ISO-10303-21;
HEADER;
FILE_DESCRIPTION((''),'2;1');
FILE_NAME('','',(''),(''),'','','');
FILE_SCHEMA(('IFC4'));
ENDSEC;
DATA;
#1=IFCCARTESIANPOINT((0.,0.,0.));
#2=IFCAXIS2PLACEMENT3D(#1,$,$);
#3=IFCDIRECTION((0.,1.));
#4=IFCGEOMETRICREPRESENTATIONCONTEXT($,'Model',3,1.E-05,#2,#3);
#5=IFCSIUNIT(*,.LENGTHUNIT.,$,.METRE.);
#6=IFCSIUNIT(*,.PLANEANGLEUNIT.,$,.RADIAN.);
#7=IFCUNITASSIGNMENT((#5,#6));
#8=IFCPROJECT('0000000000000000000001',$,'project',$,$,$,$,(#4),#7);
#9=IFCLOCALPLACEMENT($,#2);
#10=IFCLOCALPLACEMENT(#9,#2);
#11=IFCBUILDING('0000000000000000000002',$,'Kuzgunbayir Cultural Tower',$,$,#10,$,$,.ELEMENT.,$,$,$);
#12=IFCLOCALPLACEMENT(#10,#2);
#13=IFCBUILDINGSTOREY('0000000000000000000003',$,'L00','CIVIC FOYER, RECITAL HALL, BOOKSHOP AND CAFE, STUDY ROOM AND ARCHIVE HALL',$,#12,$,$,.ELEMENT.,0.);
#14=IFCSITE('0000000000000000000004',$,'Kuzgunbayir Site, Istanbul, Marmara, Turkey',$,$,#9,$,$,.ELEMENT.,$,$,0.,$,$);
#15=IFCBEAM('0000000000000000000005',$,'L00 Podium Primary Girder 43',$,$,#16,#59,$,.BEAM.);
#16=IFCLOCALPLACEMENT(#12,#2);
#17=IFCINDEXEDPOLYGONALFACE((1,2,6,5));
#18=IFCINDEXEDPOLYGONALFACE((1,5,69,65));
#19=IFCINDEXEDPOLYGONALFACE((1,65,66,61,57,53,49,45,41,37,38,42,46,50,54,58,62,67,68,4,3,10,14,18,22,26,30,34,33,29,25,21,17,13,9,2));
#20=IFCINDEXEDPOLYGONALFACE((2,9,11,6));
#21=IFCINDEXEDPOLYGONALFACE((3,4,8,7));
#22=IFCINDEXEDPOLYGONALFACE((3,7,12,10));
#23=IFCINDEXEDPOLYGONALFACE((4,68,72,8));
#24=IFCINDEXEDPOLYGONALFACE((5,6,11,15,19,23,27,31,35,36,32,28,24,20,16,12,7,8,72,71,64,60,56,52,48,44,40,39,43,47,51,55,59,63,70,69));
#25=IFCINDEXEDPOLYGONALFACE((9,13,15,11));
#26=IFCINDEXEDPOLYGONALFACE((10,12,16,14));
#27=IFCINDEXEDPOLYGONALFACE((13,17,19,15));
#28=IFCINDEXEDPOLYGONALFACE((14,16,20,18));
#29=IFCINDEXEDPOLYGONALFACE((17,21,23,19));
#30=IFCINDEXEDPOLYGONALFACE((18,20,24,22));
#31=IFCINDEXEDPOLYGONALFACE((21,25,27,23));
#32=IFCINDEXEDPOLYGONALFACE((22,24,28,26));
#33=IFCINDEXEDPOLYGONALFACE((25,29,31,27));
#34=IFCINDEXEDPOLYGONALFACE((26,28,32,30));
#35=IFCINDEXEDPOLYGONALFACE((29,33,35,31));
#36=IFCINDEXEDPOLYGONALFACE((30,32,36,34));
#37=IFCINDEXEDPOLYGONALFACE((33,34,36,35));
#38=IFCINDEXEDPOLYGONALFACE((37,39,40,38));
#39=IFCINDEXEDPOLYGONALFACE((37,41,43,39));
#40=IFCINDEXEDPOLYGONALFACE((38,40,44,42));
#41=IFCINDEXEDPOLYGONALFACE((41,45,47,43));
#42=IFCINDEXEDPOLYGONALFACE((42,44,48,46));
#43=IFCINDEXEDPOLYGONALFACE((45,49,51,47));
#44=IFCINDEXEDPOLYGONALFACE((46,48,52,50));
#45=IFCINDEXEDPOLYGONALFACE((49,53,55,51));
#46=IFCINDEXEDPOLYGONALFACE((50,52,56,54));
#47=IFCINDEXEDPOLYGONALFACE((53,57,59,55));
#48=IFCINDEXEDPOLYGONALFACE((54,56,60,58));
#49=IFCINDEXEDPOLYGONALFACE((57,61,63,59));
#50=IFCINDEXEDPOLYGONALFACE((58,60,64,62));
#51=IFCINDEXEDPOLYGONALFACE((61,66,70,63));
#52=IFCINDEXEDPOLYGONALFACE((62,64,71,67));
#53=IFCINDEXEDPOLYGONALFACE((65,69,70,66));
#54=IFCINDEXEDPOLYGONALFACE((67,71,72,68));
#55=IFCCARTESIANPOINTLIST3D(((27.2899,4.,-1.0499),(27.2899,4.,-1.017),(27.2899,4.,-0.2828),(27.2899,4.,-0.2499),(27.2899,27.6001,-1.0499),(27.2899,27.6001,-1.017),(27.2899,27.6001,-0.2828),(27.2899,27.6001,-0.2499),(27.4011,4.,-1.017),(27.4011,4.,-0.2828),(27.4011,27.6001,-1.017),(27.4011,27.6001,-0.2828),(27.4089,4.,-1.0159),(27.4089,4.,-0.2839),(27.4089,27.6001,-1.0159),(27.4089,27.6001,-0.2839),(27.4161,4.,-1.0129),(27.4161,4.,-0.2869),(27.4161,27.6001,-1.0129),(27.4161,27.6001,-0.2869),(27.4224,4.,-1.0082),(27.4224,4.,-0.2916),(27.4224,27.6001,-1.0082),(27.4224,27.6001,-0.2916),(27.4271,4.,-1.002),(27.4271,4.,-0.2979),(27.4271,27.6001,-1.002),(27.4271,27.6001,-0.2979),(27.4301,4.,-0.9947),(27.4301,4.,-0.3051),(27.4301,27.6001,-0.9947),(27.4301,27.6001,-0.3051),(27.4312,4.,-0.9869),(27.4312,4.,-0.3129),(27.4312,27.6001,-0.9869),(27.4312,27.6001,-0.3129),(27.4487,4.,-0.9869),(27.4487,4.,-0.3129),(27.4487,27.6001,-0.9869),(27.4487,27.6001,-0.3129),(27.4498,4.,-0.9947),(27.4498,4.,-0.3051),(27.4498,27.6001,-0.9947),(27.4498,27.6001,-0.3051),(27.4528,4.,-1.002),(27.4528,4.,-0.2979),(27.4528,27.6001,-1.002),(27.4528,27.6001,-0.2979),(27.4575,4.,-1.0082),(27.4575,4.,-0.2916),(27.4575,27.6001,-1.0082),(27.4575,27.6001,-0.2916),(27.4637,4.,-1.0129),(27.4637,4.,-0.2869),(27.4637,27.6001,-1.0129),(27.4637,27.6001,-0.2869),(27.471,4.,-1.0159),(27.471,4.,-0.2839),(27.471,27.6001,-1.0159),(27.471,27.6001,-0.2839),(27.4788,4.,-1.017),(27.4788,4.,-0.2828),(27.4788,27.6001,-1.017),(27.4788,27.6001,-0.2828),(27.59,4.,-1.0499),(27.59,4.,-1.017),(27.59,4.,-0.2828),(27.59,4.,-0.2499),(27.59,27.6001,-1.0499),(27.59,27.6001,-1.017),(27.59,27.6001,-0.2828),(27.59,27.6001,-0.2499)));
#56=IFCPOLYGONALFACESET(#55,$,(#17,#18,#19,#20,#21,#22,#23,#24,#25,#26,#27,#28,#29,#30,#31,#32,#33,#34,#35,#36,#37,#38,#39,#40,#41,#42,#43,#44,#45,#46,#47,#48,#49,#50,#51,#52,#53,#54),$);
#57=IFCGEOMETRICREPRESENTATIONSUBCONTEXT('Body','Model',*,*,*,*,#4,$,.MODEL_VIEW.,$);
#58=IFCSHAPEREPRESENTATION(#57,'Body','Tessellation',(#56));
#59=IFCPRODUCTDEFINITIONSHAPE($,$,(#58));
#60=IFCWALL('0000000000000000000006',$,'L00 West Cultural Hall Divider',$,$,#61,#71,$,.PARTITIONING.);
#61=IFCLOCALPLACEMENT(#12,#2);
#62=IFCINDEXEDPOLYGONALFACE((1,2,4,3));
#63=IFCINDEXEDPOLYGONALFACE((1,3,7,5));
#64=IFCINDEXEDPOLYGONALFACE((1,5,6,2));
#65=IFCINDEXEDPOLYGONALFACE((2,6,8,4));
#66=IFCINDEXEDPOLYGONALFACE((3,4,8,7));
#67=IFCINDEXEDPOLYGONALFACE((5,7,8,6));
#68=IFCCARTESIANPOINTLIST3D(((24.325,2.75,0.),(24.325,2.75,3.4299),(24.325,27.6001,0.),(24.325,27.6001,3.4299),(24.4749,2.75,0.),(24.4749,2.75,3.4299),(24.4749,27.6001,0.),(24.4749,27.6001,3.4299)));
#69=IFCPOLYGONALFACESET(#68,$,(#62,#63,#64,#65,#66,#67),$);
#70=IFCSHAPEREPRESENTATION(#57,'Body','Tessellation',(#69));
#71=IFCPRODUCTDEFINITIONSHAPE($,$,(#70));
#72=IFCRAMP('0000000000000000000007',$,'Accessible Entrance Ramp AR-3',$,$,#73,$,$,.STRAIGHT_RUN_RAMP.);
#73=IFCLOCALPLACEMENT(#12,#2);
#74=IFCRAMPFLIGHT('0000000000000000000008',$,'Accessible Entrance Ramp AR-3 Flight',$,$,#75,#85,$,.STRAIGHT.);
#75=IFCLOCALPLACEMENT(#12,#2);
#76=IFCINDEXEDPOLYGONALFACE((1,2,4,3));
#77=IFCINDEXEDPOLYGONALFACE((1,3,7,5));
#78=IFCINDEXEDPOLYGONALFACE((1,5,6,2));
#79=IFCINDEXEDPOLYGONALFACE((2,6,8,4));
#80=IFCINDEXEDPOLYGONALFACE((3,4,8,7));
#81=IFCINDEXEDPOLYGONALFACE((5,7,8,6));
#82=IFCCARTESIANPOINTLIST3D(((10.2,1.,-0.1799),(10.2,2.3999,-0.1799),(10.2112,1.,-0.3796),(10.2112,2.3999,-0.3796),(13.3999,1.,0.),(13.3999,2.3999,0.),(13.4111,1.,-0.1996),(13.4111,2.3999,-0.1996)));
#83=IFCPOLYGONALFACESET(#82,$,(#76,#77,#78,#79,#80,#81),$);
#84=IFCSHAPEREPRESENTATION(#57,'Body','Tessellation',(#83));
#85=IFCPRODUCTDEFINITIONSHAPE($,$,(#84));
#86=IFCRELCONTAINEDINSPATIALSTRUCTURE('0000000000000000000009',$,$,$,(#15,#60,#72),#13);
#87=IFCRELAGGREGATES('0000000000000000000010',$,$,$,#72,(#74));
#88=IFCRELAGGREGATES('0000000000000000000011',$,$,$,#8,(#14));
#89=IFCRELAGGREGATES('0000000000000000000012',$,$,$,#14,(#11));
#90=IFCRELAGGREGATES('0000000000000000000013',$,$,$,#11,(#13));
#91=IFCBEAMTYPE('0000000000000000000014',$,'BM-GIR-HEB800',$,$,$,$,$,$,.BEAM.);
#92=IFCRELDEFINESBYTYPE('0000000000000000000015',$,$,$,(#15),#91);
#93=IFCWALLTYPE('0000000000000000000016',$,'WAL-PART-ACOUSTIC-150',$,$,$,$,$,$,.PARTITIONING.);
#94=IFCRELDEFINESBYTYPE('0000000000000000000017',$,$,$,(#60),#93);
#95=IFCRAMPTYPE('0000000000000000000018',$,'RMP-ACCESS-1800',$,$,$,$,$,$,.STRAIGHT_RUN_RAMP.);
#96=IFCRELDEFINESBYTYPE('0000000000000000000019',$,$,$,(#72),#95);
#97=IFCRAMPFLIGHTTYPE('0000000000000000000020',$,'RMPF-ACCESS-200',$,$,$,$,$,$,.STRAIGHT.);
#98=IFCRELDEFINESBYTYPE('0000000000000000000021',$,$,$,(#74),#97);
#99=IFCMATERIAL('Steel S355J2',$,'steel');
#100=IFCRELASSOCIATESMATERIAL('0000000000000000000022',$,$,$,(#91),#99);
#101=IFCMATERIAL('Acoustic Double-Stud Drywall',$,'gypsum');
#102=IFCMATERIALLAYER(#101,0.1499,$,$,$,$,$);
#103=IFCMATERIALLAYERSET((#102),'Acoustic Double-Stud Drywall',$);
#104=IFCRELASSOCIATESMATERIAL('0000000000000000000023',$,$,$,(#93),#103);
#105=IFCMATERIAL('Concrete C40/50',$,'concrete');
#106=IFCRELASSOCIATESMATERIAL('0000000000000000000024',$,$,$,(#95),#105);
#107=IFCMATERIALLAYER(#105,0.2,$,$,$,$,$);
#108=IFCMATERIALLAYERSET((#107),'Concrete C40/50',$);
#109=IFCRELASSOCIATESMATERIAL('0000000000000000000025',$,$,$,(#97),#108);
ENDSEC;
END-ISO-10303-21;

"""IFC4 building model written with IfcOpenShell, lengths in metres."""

from ifc_helpers import new_model, si_unit, direction, frame, frame_2d, origin, origin_2d, place, context, subcontext, project, spatial, polyline, rectangle, i_section, outline, extrude, material, layer, layer_set, material_profile, profile_set, type_object, element, aggregate, save


model = new_model("IFC4")

# Units and contexts
model_context = context("Model", 3, precision=1e-05, world=origin(), true_north=direction((0.0, 1.0)))
body_context = subcontext(model_context, "Body", "Model", "MODEL_VIEW")
ifc_project = project(units=[si_unit("LENGTHUNIT", "METRE"), si_unit("PLANEANGLEUNIT", "RADIAN")], contexts=[model_context])

# Site, building, storey
site_placement = place(None, origin())
site = spatial("IfcSite", under=ifc_project, at=site_placement, Name="Kuzgunbayir Site, Istanbul, Marmara, Turkey", CompositionType="ELEMENT", RefElevation=0.0)
building_placement = place(site_placement, origin())
building = spatial("IfcBuilding", under=site, at=building_placement, Name="Kuzgunbayir Cultural Tower", CompositionType="ELEMENT")
storey_placement = place(building_placement, origin())
storey = spatial("IfcBuildingStorey", under=building, at=storey_placement, Name="L00", Description="CIVIC FOYER, RECITAL HALL, BOOKSHOP AND CAFE, STUDY ROOM AND ARCHIVE HALL", CompositionType="ELEMENT", Elevation=0.0)

# Beam
ifc_material_1 = material(Name="Steel S355J2", Category="steel")
ifc_material_profile_1 = material_profile(ifc_material_1, i_section(OverallWidth=0.3, OverallDepth=0.8, WebThickness=0.0176, FlangeThickness=0.033, FilletRadius=0.03, at=origin_2d()), Name="HEB 800")
ifc_profile_set_1 = profile_set([ifc_material_profile_1], Name="Steel S355J2")
beam_type = type_object("IfcBeamType", Name="BM-GIR-HEB800", PredefinedType="BEAM", material=ifc_profile_set_1)
beam_1_placement = place(storey_placement, frame((27.4399, 4.0, -0.6499), z_axis=(0.0, 1.0, 0.0), x_axis=(-1.0, 0.0, 0.0)))
element("IfcBeam", 1, at=beam_1_placement, inside=storey, type_object=beam_type, Name="L00 Podium Primary Girder 43", PredefinedType="BEAM", context=body_context, shape_type="SweptSolid", body=[
    extrude(i_section(OverallWidth=0.3, OverallDepth=0.8, WebThickness=0.0176, FlangeThickness=0.033, FilletRadius=0.03, at=origin_2d()), origin(), (0.0, 0.0, 1.0), 23.6001),
])

# Wall
ifc_material_2 = material(Name="Acoustic Double-Stud Drywall", Category="gypsum")
ifc_layer_1 = layer(ifc_material_2, 0.1499)
ifc_layer_set_1 = layer_set([ifc_layer_1], Name="Acoustic Double-Stud Drywall")
wall_type = type_object("IfcWallType", Name="WAL-PART-ACOUSTIC-150", PredefinedType="PARTITIONING", material=ifc_layer_set_1)
wall_placement = place(storey_placement, frame((24.3999, 2.75, 0.0), z_axis=(0.0, 0.0, 1.0), x_axis=(0.0, 1.0, 0.0)))
element("IfcWall", 2, at=wall_placement, inside=storey, type_object=wall_type, Name="L00 West Cultural Hall Divider", PredefinedType="PARTITIONING", context=body_context, shape_type="SweptSolid", body=[
    extrude(rectangle(XDim=24.8501, YDim=0.1499, at=frame_2d((12.425, 0.0))), origin(), (0.0, 0.0, 1.0), 3.4299),
])

# Ramp, ramp flight
ifc_material_3 = material(Name="Concrete C40/50", Category="concrete")
ramp_type = type_object("IfcRampType", Name="RMP-ACCESS-1800", PredefinedType="STRAIGHT_RUN_RAMP", material=ifc_material_3)
ramp_placement = place(storey_placement, origin())
ramp = element("IfcRamp", 3, at=ramp_placement, inside=storey, type_object=ramp_type, Name="Accessible Entrance Ramp AR-3", PredefinedType="STRAIGHT_RUN_RAMP")
ifc_layer_2 = layer(ifc_material_3, 0.2)
ifc_layer_set_2 = layer_set([ifc_layer_2], Name="Concrete C40/50")
ramp_flight_type = type_object("IfcRampFlightType", Name="RMPF-ACCESS-200", PredefinedType="STRAIGHT", material=ifc_layer_set_2)
ramp_flight_placement = place(storey_placement, frame((10.2, 1.0, -0.1799), z_axis=(-0.056141, 0.0, 0.998423), x_axis=(0.998423, 0.0, 0.056141)))
ramp_flight = element("IfcRampFlight", 4, at=ramp_flight_placement, type_object=ramp_flight_type, Name="Accessible Entrance Ramp AR-3 Flight", PredefinedType="STRAIGHT", context=body_context, shape_type="SweptSolid", body=[
    extrude(outline(polyline([(0.0, 0.0), (3.205, 0.0), (3.205, 1.3999), (0.0, 1.3999), (0.0, 0.0)])), origin(), (0.0, 0.0, -1.0), 0.2),
])
aggregate(ramp, [ramp_flight])

save(model, "model.ifc")
